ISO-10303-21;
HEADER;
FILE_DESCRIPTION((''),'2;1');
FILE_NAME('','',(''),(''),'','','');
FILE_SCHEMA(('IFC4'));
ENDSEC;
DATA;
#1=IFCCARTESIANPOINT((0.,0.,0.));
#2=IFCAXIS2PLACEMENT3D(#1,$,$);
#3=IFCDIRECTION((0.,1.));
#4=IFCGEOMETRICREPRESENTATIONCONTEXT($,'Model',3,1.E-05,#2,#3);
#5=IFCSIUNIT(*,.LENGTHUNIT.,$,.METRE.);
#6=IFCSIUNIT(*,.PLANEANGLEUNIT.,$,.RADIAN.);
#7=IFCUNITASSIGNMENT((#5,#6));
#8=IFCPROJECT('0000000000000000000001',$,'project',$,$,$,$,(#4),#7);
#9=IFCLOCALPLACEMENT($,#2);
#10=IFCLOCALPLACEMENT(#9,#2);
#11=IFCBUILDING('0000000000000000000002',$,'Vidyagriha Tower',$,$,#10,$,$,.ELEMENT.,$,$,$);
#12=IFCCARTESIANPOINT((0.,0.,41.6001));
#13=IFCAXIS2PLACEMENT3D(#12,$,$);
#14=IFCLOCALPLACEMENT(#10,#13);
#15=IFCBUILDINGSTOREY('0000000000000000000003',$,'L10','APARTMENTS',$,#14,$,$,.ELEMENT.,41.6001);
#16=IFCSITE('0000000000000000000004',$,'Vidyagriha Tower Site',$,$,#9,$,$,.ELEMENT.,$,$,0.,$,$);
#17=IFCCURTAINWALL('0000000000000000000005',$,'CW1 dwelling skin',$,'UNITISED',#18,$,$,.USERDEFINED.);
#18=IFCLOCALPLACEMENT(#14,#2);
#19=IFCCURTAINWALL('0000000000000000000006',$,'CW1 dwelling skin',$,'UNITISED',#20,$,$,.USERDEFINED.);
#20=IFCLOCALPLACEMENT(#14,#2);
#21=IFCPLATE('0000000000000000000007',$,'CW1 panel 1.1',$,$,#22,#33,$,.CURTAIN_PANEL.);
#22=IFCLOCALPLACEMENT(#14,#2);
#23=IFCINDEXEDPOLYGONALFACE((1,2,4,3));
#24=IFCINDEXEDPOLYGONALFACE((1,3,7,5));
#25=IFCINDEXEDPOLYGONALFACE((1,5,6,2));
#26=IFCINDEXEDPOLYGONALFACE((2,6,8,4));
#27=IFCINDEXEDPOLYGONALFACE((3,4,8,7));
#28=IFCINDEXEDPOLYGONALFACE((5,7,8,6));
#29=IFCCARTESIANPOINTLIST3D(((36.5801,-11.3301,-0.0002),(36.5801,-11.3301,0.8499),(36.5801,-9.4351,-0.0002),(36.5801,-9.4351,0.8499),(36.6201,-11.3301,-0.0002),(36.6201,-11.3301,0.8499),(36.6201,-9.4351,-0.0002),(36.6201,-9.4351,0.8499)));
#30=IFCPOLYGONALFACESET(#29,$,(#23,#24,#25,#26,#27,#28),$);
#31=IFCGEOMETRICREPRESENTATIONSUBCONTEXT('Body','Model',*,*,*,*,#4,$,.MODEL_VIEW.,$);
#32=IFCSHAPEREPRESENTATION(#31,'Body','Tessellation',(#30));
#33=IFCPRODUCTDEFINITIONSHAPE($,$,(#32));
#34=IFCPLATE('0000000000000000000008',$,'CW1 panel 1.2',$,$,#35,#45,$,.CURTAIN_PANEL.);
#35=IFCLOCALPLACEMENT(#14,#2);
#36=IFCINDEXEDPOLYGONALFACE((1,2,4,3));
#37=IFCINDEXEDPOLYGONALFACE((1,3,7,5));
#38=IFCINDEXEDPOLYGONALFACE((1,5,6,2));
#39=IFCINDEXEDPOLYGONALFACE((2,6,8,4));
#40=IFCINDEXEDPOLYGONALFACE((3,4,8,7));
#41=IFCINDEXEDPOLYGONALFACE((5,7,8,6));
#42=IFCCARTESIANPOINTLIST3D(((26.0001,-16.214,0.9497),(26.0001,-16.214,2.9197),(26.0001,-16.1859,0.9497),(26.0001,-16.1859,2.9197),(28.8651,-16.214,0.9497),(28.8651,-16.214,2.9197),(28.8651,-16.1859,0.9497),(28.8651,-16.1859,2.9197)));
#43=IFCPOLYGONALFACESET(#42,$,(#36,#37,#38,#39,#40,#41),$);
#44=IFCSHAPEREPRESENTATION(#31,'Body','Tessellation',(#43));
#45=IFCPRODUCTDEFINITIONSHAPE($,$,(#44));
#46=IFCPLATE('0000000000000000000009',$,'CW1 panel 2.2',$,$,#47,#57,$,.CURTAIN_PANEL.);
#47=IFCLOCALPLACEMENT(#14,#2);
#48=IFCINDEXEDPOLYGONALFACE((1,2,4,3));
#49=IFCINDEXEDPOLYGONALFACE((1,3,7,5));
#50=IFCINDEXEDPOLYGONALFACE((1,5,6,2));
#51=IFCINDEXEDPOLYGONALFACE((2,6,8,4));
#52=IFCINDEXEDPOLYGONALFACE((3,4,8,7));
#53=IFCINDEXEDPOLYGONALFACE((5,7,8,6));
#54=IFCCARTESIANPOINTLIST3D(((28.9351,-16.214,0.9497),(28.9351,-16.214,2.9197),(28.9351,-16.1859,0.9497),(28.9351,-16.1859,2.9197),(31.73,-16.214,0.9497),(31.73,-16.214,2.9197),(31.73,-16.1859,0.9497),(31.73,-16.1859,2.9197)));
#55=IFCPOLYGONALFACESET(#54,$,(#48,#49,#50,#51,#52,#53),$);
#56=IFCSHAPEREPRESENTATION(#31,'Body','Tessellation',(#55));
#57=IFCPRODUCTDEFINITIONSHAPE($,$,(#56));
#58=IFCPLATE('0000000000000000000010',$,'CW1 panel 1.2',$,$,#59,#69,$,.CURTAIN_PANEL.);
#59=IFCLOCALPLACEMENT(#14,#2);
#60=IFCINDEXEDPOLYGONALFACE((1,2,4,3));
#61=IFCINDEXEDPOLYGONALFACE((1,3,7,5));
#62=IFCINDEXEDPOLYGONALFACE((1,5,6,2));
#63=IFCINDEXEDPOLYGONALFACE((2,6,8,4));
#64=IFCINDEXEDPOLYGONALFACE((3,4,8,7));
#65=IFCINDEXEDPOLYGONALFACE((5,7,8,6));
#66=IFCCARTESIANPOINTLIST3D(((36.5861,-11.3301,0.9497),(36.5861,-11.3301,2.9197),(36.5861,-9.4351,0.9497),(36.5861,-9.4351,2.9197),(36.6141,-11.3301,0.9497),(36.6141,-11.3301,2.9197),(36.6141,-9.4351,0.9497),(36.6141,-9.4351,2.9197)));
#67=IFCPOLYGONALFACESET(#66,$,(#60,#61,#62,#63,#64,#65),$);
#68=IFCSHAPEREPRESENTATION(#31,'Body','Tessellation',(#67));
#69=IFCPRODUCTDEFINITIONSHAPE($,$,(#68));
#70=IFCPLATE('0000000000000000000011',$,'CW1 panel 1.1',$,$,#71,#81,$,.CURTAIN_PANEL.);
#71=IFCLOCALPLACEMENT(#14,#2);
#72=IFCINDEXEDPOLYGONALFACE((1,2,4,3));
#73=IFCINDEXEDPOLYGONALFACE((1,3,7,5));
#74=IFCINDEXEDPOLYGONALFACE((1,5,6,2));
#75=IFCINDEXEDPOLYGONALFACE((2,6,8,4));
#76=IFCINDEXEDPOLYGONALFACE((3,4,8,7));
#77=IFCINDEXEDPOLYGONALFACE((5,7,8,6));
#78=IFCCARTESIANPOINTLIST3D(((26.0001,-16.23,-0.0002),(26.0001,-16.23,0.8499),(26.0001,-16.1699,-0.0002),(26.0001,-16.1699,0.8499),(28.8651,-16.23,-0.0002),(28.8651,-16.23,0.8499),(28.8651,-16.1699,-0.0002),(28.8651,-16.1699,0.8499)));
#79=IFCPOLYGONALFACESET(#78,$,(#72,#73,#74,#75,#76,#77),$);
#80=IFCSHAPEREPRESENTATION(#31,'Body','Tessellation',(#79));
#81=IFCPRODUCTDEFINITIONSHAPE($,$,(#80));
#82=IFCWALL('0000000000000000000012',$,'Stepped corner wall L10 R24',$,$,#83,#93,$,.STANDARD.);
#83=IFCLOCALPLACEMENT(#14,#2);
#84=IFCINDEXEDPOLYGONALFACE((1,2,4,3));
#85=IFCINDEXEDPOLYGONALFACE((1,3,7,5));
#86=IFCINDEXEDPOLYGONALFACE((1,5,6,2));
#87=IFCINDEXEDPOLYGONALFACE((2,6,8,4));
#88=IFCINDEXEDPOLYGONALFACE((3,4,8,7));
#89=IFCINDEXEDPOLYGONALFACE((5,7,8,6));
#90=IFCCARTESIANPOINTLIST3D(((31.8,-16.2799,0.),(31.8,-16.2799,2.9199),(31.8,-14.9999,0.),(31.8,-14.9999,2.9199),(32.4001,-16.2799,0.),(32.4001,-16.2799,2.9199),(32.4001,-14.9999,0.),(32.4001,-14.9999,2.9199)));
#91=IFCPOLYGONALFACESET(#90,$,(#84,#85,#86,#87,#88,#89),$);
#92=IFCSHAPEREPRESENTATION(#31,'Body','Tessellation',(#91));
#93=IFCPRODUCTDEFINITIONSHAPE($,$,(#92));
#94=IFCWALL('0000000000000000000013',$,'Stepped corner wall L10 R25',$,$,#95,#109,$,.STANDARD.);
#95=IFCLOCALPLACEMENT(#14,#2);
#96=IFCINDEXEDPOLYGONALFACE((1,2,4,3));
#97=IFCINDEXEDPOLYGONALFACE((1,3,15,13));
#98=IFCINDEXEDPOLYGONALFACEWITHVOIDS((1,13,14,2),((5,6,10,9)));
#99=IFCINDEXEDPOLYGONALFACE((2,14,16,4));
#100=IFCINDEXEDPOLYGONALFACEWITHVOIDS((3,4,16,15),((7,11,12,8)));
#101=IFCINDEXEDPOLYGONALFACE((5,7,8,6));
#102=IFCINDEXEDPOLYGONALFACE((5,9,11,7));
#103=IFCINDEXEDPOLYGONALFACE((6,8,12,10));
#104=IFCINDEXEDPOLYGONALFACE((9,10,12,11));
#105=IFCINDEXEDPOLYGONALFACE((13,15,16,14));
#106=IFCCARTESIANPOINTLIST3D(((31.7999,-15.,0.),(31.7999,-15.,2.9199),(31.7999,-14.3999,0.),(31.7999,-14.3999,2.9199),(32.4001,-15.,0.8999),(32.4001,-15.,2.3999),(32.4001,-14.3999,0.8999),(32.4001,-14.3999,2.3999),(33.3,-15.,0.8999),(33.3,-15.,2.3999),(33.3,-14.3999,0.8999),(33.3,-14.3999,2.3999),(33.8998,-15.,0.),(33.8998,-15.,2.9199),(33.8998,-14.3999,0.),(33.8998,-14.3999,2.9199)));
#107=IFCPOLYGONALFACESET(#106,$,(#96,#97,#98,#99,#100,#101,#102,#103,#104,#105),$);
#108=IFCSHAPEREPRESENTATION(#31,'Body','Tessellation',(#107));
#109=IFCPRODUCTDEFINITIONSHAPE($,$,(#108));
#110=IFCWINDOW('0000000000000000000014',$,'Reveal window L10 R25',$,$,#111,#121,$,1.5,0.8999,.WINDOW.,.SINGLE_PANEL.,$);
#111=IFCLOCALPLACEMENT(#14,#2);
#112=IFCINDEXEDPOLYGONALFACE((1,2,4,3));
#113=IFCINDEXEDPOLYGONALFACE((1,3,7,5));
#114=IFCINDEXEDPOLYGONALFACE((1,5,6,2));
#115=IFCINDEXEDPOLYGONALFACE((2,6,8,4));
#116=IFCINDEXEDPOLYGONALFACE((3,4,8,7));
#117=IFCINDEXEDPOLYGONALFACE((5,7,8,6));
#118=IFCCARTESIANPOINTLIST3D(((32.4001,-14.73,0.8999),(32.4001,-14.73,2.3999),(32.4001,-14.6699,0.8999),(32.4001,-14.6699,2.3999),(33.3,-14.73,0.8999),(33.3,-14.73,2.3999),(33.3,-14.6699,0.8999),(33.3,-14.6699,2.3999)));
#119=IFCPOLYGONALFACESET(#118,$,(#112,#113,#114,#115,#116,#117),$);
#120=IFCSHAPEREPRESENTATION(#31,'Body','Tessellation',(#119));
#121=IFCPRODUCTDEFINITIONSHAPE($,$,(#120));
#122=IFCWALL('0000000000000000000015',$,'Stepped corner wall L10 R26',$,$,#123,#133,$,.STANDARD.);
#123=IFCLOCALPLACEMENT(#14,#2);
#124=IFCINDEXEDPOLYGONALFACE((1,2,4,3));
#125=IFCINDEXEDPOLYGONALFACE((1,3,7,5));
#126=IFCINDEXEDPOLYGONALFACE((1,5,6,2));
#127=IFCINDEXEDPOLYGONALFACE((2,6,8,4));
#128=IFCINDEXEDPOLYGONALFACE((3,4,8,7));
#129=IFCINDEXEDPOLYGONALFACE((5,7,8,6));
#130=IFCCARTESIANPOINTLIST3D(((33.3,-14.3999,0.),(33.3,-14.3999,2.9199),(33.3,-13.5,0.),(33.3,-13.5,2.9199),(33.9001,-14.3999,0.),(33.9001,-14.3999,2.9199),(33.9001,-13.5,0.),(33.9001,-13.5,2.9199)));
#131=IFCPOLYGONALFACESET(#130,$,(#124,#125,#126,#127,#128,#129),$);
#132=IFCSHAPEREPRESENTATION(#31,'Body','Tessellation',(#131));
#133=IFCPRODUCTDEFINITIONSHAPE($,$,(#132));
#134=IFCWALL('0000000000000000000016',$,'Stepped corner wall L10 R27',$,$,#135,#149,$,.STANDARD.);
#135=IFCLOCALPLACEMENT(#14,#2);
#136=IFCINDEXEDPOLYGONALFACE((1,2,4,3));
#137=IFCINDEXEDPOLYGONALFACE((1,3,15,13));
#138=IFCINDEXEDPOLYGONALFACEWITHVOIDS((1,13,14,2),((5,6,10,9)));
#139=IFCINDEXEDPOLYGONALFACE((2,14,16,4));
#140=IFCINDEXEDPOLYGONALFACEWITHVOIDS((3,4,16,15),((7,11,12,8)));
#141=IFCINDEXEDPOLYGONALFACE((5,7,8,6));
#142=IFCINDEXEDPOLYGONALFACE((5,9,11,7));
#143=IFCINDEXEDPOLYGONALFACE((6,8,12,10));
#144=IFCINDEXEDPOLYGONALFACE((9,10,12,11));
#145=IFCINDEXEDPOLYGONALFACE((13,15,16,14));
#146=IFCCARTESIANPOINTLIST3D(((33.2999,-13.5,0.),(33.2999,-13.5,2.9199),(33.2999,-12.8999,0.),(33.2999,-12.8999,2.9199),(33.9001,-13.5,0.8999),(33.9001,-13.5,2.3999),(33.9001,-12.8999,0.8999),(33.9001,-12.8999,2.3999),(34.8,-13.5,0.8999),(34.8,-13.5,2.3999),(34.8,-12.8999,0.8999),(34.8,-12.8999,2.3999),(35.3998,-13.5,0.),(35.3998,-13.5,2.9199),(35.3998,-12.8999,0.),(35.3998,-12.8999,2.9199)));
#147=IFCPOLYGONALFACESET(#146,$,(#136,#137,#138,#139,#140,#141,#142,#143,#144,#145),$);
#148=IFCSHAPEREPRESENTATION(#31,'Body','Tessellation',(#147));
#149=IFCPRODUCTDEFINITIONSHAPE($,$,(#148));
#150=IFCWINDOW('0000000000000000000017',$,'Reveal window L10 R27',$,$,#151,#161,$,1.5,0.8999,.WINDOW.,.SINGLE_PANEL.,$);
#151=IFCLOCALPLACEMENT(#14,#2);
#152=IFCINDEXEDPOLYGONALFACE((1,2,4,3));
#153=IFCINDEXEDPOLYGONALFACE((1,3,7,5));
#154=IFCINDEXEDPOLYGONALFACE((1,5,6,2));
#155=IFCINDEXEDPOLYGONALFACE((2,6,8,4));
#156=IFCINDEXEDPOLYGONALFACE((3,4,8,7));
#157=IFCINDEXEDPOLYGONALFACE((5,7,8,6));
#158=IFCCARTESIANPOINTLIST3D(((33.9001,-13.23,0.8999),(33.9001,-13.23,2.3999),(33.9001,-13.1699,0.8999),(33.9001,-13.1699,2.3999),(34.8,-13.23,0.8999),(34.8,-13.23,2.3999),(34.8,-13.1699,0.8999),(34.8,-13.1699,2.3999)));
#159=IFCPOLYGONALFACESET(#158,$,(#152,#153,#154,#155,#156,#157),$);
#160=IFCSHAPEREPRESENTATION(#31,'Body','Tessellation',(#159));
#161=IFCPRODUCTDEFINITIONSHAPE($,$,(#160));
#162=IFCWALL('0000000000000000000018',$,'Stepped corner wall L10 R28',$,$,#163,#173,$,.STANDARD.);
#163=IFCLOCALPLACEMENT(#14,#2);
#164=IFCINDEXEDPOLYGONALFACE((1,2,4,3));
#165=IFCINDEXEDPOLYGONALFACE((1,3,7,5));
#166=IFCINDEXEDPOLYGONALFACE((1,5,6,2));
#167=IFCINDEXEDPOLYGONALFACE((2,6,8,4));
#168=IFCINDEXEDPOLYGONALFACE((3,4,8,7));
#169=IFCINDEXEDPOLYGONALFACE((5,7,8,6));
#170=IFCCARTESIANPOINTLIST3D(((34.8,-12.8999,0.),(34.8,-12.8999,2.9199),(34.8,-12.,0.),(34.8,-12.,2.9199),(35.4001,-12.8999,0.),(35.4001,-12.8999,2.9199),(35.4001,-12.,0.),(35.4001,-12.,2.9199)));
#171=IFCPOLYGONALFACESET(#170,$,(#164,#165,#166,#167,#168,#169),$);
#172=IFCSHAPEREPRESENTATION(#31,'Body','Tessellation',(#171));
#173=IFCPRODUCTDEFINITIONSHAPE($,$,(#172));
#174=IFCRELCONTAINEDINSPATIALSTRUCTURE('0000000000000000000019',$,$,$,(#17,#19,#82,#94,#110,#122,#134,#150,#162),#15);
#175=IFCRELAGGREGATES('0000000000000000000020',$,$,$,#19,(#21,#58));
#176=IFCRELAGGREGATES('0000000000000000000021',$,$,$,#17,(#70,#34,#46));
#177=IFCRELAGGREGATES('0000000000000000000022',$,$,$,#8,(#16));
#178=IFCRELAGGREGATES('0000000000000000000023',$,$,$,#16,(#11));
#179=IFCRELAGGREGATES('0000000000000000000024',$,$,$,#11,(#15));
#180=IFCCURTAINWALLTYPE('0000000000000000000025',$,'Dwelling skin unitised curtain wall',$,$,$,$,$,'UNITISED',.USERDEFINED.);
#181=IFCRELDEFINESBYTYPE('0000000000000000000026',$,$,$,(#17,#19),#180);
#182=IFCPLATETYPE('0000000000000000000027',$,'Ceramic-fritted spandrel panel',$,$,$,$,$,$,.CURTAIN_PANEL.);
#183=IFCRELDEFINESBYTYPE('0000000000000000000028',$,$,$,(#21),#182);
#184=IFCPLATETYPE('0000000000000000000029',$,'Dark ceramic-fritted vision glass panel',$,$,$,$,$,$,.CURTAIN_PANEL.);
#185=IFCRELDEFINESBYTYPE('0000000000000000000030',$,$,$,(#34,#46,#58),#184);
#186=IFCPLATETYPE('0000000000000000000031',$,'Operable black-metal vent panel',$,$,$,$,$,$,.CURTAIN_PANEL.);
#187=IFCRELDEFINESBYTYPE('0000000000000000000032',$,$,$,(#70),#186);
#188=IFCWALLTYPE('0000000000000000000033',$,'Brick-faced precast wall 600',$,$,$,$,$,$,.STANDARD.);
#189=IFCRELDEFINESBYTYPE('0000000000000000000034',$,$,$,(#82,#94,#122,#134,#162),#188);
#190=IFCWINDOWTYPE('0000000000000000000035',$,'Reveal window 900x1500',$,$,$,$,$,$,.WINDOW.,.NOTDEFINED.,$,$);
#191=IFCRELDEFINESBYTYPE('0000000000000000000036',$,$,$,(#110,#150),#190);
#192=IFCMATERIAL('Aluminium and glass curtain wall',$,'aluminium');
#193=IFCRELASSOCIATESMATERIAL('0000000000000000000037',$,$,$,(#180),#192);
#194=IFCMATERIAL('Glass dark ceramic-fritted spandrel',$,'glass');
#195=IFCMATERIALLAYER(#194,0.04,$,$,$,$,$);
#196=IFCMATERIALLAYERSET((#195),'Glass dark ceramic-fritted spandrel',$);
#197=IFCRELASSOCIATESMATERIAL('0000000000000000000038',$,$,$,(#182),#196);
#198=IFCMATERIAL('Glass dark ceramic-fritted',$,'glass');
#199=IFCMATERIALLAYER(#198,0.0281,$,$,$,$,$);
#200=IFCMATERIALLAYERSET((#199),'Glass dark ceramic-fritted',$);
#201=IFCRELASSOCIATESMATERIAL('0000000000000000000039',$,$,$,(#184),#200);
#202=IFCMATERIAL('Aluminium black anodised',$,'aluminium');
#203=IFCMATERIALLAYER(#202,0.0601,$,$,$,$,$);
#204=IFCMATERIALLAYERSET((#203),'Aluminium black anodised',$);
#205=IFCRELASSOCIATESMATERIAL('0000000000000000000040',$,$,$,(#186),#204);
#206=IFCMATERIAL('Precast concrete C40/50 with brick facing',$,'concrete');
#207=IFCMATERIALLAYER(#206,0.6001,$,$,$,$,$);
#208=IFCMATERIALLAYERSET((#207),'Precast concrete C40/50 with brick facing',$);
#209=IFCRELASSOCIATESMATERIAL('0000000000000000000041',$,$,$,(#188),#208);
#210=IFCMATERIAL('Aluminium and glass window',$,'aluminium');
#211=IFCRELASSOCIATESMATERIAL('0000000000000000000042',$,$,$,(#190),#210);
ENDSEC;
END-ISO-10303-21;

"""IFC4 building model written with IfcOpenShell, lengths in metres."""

from ifc_helpers import new_model, si_unit, direction, frame, frame_2d, origin, origin_2d, place, context, subcontext, project, spatial, rectangle, extrude, material, layer, layer_set, type_object, element, fill, aggregate, save


model = new_model("IFC4")

# Units and contexts
model_context = context("Model", 3, precision=1e-05, world=origin(), true_north=direction((0.0, 1.0)))
body_context = subcontext(model_context, "Body", "Model", "MODEL_VIEW")
ifc_project = project(units=[si_unit("LENGTHUNIT", "METRE"), si_unit("PLANEANGLEUNIT", "RADIAN")], contexts=[model_context])

# Site, building, storey
site_placement = place(None, origin())
site = spatial("IfcSite", under=ifc_project, at=site_placement, Name="Vidyagriha Tower Site", CompositionType="ELEMENT", RefElevation=0.0)
building_placement = place(site_placement, origin())
building = spatial("IfcBuilding", under=site, at=building_placement, Name="Vidyagriha Tower", CompositionType="ELEMENT")
storey_placement = place(building_placement, frame((0.0, 0.0, 41.6001)))
storey = spatial("IfcBuildingStorey", under=building, at=storey_placement, Name="L10", Description="APARTMENTS", CompositionType="ELEMENT", Elevation=41.6001)

# Curtain wall
ifc_material_1 = material(Name="Aluminium and glass curtain wall", Category="aluminium")
curtain_wall_type = type_object("IfcCurtainWallType", Name="Dwelling skin unitised curtain wall", ElementType="UNITISED", PredefinedType="USERDEFINED", material=ifc_material_1)
curtain_wall_1_placement = place(storey_placement, origin())
curtain_wall_1 = element("IfcCurtainWall", 1, at=curtain_wall_1_placement, inside=storey, type_object=curtain_wall_type, Name="CW1 dwelling skin", ObjectType="UNITISED", PredefinedType="USERDEFINED")

# Curtain wall
curtain_wall_2_placement = place(storey_placement, origin())
curtain_wall_2 = element("IfcCurtainWall", 2, at=curtain_wall_2_placement, inside=storey, type_object=curtain_wall_type, Name="CW1 dwelling skin", ObjectType="UNITISED", PredefinedType="USERDEFINED")

# Plates
ifc_material_2 = material(Name="Glass dark ceramic-fritted spandrel", Category="glass")
ifc_layer_1 = layer(ifc_material_2, 0.04)
ifc_layer_set_1 = layer_set([ifc_layer_1], Name="Glass dark ceramic-fritted spandrel")
plate_type_1 = type_object("IfcPlateType", Name="Ceramic-fritted spandrel panel", PredefinedType="CURTAIN_PANEL", material=ifc_layer_set_1)
plate_1_placement = place(storey_placement, frame((36.6001, -10.3826, -0.0002), z_axis=(0.0, 0.0, 1.0), x_axis=(0.0, 1.0, 0.0)))
plate_1 = element("IfcPlate", 3, at=plate_1_placement, type_object=plate_type_1, Name="CW1 panel 1.1", PredefinedType="CURTAIN_PANEL", context=body_context, shape_type="SweptSolid", body=[
    extrude(rectangle(XDim=1.895, YDim=0.04, at=origin_2d()), origin(), (0.0, 0.0, 1.0), 0.8501),
])
ifc_material_3 = material(Name="Glass dark ceramic-fritted", Category="glass")
ifc_layer_2 = layer(ifc_material_3, 0.0281)
ifc_layer_set_2 = layer_set([ifc_layer_2], Name="Glass dark ceramic-fritted")
plate_type_2 = type_object("IfcPlateType", Name="Dark ceramic-fritted vision glass panel", PredefinedType="CURTAIN_PANEL", material=ifc_layer_set_2)
plate_2_placement = place(storey_placement, frame((27.4326, -16.2, 0.9497)))
plate_2 = element("IfcPlate", 4, at=plate_2_placement, type_object=plate_type_2, Name="CW1 panel 1.2", PredefinedType="CURTAIN_PANEL", context=body_context, shape_type="SweptSolid", body=[
    extrude(rectangle(XDim=2.865, YDim=0.0281, at=origin_2d()), origin(), (0.0, 0.0, 1.0), 1.97),
])
plate_3_placement = place(storey_placement, frame((30.3325, -16.2, 0.9497)))
plate_3 = element("IfcPlate", 5, at=plate_3_placement, type_object=plate_type_2, Name="CW1 panel 2.2", PredefinedType="CURTAIN_PANEL", context=body_context, shape_type="SweptSolid", body=[
    extrude(rectangle(XDim=2.7949, YDim=0.0281, at=origin_2d()), origin(), (0.0, 0.0, 1.0), 1.97),
])
plate_4_placement = place(storey_placement, frame((36.6001, -10.3826, 0.9497), z_axis=(0.0, 0.0, 1.0), x_axis=(0.0, 1.0, 0.0)))
plate_4 = element("IfcPlate", 6, at=plate_4_placement, type_object=plate_type_2, Name="CW1 panel 1.2", PredefinedType="CURTAIN_PANEL", context=body_context, shape_type="SweptSolid", body=[
    extrude(rectangle(XDim=1.895, YDim=0.0281, at=origin_2d()), origin(), (0.0, 0.0, 1.0), 1.97),
])
aggregate(curtain_wall_2, [plate_1, plate_4])
ifc_material_4 = material(Name="Aluminium black anodised", Category="aluminium")
ifc_layer_3 = layer(ifc_material_4, 0.0601)
ifc_layer_set_3 = layer_set([ifc_layer_3], Name="Aluminium black anodised")
plate_type_3 = type_object("IfcPlateType", Name="Operable black-metal vent panel", PredefinedType="CURTAIN_PANEL", material=ifc_layer_set_3)
plate_5_placement = place(storey_placement, frame((27.4326, -16.2, -0.0002)))
plate_5 = element("IfcPlate", 7, at=plate_5_placement, type_object=plate_type_3, Name="CW1 panel 1.1", PredefinedType="CURTAIN_PANEL", context=body_context, shape_type="SweptSolid", body=[
    extrude(rectangle(XDim=2.865, YDim=0.0601, at=origin_2d()), origin(), (0.0, 0.0, 1.0), 0.8501),
])
aggregate(curtain_wall_1, [plate_5, plate_2, plate_3])

# Wall
ifc_material_5 = material(Name="Precast concrete C40/50 with brick facing", Category="concrete")
ifc_layer_4 = layer(ifc_material_5, 0.6001)
ifc_layer_set_4 = layer_set([ifc_layer_4], Name="Precast concrete C40/50 with brick facing")
wall_type = type_object("IfcWallType", Name="Brick-faced precast wall 600", PredefinedType="STANDARD", material=ifc_layer_set_4)
wall_1_placement = place(storey_placement, frame((32.1001, -16.28, 0.0), z_axis=(0.0, 0.0, 1.0), x_axis=(0.0, 1.0, 0.0)))
element("IfcWall", 8, at=wall_1_placement, inside=storey, type_object=wall_type, Name="Stepped corner wall L10 R24", PredefinedType="STANDARD", context=body_context, shape_type="SweptSolid", body=[
    extrude(rectangle(XDim=1.28, YDim=0.6001, at=frame_2d((0.6401, 0.0))), origin(), (0.0, 0.0, 1.0), 2.9199),
])

# Wall, opening, window
wall_2_placement = place(storey_placement, frame((31.8, -14.7, 0.0)))
wall_2 = element("IfcWall", 9, at=wall_2_placement, inside=storey, type_object=wall_type, Name="Stepped corner wall L10 R25", PredefinedType="STANDARD", context=body_context, shape_type="SweptSolid", body=[
    extrude(rectangle(XDim=2.0999, YDim=0.6001, at=frame_2d((1.0498, 0.0))), origin(), (0.0, 0.0, 1.0), 2.9199),
])
opening_1_placement = place(wall_2_placement, frame((0.6001, 0.0, 0.8999)))
opening_1 = element("IfcOpeningElement", 10, at=opening_1_placement, cuts=wall_2, PredefinedType="OPENING", context=body_context, shape_type="SweptSolid", body=[
    extrude(rectangle(XDim=0.8999, YDim=1.5, at=frame_2d((0.45, 0.75))), frame((0.0, 0.3101, 0.0), z_axis=(0.0, -1.0, 0.0), x_axis=(1.0, 0.0, 0.0)), (0.0, 0.0, 1.0), 0.6201),
])
ifc_material_6 = material(Name="Aluminium and glass window", Category="aluminium")
window_type = type_object("IfcWindowType", Name="Reveal window 900x1500", PartitioningType="NOTDEFINED", PredefinedType="WINDOW", material=ifc_material_6)
window_1_placement = place(opening_1_placement, origin())
window_1 = element("IfcWindow", 11, at=window_1_placement, inside=storey, type_object=window_type, Name="Reveal window L10 R25", OverallHeight=1.5, OverallWidth=0.8999, PartitioningType="SINGLE_PANEL", PredefinedType="WINDOW", context=body_context, shape_type="SweptSolid", body=[
    extrude(rectangle(XDim=0.8999, YDim=1.5, at=frame_2d((0.45, 0.75))), frame((0.0, 0.03, 0.0), z_axis=(0.0, -1.0, 0.0), x_axis=(1.0, 0.0, 0.0)), (0.0, 0.0, 1.0), 0.0601),
])
fill(opening_1, window_1)

# Wall
wall_3_placement = place(storey_placement, frame((33.6001, -14.3999, 0.0), z_axis=(0.0, 0.0, 1.0), x_axis=(0.0, 1.0, 0.0)))
element("IfcWall", 12, at=wall_3_placement, inside=storey, type_object=wall_type, Name="Stepped corner wall L10 R26", PredefinedType="STANDARD", context=body_context, shape_type="SweptSolid", body=[
    extrude(rectangle(XDim=0.8999, YDim=0.6001, at=frame_2d((0.45, 0.0))), origin(), (0.0, 0.0, 1.0), 2.9199),
])

# Wall, opening, window
wall_4_placement = place(storey_placement, frame((33.3, -13.2, 0.0)))
wall_4 = element("IfcWall", 13, at=wall_4_placement, inside=storey, type_object=wall_type, Name="Stepped corner wall L10 R27", PredefinedType="STANDARD", context=body_context, shape_type="SweptSolid", body=[
    extrude(rectangle(XDim=2.0999, YDim=0.6001, at=frame_2d((1.0498, 0.0))), origin(), (0.0, 0.0, 1.0), 2.9199),
])
opening_2_placement = place(wall_4_placement, frame((0.6001, 0.0, 0.8999)))
opening_2 = element("IfcOpeningElement", 14, at=opening_2_placement, cuts=wall_4, PredefinedType="OPENING", context=body_context, shape_type="SweptSolid", body=[
    extrude(rectangle(XDim=0.8999, YDim=1.5, at=frame_2d((0.45, 0.75))), frame((0.0, 0.3101, 0.0), z_axis=(0.0, -1.0, 0.0), x_axis=(1.0, 0.0, 0.0)), (0.0, 0.0, 1.0), 0.6201),
])
window_2_placement = place(opening_2_placement, origin())
window_2 = element("IfcWindow", 15, at=window_2_placement, inside=storey, type_object=window_type, Name="Reveal window L10 R27", OverallHeight=1.5, OverallWidth=0.8999, PartitioningType="SINGLE_PANEL", PredefinedType="WINDOW", context=body_context, shape_type="SweptSolid", body=[
    extrude(rectangle(XDim=0.8999, YDim=1.5, at=frame_2d((0.45, 0.75))), frame((0.0, 0.03, 0.0), z_axis=(0.0, -1.0, 0.0), x_axis=(1.0, 0.0, 0.0)), (0.0, 0.0, 1.0), 0.0601),
])
fill(opening_2, window_2)

# Wall
wall_5_placement = place(storey_placement, frame((35.1001, -12.8999, 0.0), z_axis=(0.0, 0.0, 1.0), x_axis=(0.0, 1.0, 0.0)))
element("IfcWall", 16, at=wall_5_placement, inside=storey, type_object=wall_type, Name="Stepped corner wall L10 R28", PredefinedType="STANDARD", context=body_context, shape_type="SweptSolid", body=[
    extrude(rectangle(XDim=0.8999, YDim=0.6001, at=frame_2d((0.45, 0.0))), origin(), (0.0, 0.0, 1.0), 2.9199),
])

save(model, "model.ifc")
